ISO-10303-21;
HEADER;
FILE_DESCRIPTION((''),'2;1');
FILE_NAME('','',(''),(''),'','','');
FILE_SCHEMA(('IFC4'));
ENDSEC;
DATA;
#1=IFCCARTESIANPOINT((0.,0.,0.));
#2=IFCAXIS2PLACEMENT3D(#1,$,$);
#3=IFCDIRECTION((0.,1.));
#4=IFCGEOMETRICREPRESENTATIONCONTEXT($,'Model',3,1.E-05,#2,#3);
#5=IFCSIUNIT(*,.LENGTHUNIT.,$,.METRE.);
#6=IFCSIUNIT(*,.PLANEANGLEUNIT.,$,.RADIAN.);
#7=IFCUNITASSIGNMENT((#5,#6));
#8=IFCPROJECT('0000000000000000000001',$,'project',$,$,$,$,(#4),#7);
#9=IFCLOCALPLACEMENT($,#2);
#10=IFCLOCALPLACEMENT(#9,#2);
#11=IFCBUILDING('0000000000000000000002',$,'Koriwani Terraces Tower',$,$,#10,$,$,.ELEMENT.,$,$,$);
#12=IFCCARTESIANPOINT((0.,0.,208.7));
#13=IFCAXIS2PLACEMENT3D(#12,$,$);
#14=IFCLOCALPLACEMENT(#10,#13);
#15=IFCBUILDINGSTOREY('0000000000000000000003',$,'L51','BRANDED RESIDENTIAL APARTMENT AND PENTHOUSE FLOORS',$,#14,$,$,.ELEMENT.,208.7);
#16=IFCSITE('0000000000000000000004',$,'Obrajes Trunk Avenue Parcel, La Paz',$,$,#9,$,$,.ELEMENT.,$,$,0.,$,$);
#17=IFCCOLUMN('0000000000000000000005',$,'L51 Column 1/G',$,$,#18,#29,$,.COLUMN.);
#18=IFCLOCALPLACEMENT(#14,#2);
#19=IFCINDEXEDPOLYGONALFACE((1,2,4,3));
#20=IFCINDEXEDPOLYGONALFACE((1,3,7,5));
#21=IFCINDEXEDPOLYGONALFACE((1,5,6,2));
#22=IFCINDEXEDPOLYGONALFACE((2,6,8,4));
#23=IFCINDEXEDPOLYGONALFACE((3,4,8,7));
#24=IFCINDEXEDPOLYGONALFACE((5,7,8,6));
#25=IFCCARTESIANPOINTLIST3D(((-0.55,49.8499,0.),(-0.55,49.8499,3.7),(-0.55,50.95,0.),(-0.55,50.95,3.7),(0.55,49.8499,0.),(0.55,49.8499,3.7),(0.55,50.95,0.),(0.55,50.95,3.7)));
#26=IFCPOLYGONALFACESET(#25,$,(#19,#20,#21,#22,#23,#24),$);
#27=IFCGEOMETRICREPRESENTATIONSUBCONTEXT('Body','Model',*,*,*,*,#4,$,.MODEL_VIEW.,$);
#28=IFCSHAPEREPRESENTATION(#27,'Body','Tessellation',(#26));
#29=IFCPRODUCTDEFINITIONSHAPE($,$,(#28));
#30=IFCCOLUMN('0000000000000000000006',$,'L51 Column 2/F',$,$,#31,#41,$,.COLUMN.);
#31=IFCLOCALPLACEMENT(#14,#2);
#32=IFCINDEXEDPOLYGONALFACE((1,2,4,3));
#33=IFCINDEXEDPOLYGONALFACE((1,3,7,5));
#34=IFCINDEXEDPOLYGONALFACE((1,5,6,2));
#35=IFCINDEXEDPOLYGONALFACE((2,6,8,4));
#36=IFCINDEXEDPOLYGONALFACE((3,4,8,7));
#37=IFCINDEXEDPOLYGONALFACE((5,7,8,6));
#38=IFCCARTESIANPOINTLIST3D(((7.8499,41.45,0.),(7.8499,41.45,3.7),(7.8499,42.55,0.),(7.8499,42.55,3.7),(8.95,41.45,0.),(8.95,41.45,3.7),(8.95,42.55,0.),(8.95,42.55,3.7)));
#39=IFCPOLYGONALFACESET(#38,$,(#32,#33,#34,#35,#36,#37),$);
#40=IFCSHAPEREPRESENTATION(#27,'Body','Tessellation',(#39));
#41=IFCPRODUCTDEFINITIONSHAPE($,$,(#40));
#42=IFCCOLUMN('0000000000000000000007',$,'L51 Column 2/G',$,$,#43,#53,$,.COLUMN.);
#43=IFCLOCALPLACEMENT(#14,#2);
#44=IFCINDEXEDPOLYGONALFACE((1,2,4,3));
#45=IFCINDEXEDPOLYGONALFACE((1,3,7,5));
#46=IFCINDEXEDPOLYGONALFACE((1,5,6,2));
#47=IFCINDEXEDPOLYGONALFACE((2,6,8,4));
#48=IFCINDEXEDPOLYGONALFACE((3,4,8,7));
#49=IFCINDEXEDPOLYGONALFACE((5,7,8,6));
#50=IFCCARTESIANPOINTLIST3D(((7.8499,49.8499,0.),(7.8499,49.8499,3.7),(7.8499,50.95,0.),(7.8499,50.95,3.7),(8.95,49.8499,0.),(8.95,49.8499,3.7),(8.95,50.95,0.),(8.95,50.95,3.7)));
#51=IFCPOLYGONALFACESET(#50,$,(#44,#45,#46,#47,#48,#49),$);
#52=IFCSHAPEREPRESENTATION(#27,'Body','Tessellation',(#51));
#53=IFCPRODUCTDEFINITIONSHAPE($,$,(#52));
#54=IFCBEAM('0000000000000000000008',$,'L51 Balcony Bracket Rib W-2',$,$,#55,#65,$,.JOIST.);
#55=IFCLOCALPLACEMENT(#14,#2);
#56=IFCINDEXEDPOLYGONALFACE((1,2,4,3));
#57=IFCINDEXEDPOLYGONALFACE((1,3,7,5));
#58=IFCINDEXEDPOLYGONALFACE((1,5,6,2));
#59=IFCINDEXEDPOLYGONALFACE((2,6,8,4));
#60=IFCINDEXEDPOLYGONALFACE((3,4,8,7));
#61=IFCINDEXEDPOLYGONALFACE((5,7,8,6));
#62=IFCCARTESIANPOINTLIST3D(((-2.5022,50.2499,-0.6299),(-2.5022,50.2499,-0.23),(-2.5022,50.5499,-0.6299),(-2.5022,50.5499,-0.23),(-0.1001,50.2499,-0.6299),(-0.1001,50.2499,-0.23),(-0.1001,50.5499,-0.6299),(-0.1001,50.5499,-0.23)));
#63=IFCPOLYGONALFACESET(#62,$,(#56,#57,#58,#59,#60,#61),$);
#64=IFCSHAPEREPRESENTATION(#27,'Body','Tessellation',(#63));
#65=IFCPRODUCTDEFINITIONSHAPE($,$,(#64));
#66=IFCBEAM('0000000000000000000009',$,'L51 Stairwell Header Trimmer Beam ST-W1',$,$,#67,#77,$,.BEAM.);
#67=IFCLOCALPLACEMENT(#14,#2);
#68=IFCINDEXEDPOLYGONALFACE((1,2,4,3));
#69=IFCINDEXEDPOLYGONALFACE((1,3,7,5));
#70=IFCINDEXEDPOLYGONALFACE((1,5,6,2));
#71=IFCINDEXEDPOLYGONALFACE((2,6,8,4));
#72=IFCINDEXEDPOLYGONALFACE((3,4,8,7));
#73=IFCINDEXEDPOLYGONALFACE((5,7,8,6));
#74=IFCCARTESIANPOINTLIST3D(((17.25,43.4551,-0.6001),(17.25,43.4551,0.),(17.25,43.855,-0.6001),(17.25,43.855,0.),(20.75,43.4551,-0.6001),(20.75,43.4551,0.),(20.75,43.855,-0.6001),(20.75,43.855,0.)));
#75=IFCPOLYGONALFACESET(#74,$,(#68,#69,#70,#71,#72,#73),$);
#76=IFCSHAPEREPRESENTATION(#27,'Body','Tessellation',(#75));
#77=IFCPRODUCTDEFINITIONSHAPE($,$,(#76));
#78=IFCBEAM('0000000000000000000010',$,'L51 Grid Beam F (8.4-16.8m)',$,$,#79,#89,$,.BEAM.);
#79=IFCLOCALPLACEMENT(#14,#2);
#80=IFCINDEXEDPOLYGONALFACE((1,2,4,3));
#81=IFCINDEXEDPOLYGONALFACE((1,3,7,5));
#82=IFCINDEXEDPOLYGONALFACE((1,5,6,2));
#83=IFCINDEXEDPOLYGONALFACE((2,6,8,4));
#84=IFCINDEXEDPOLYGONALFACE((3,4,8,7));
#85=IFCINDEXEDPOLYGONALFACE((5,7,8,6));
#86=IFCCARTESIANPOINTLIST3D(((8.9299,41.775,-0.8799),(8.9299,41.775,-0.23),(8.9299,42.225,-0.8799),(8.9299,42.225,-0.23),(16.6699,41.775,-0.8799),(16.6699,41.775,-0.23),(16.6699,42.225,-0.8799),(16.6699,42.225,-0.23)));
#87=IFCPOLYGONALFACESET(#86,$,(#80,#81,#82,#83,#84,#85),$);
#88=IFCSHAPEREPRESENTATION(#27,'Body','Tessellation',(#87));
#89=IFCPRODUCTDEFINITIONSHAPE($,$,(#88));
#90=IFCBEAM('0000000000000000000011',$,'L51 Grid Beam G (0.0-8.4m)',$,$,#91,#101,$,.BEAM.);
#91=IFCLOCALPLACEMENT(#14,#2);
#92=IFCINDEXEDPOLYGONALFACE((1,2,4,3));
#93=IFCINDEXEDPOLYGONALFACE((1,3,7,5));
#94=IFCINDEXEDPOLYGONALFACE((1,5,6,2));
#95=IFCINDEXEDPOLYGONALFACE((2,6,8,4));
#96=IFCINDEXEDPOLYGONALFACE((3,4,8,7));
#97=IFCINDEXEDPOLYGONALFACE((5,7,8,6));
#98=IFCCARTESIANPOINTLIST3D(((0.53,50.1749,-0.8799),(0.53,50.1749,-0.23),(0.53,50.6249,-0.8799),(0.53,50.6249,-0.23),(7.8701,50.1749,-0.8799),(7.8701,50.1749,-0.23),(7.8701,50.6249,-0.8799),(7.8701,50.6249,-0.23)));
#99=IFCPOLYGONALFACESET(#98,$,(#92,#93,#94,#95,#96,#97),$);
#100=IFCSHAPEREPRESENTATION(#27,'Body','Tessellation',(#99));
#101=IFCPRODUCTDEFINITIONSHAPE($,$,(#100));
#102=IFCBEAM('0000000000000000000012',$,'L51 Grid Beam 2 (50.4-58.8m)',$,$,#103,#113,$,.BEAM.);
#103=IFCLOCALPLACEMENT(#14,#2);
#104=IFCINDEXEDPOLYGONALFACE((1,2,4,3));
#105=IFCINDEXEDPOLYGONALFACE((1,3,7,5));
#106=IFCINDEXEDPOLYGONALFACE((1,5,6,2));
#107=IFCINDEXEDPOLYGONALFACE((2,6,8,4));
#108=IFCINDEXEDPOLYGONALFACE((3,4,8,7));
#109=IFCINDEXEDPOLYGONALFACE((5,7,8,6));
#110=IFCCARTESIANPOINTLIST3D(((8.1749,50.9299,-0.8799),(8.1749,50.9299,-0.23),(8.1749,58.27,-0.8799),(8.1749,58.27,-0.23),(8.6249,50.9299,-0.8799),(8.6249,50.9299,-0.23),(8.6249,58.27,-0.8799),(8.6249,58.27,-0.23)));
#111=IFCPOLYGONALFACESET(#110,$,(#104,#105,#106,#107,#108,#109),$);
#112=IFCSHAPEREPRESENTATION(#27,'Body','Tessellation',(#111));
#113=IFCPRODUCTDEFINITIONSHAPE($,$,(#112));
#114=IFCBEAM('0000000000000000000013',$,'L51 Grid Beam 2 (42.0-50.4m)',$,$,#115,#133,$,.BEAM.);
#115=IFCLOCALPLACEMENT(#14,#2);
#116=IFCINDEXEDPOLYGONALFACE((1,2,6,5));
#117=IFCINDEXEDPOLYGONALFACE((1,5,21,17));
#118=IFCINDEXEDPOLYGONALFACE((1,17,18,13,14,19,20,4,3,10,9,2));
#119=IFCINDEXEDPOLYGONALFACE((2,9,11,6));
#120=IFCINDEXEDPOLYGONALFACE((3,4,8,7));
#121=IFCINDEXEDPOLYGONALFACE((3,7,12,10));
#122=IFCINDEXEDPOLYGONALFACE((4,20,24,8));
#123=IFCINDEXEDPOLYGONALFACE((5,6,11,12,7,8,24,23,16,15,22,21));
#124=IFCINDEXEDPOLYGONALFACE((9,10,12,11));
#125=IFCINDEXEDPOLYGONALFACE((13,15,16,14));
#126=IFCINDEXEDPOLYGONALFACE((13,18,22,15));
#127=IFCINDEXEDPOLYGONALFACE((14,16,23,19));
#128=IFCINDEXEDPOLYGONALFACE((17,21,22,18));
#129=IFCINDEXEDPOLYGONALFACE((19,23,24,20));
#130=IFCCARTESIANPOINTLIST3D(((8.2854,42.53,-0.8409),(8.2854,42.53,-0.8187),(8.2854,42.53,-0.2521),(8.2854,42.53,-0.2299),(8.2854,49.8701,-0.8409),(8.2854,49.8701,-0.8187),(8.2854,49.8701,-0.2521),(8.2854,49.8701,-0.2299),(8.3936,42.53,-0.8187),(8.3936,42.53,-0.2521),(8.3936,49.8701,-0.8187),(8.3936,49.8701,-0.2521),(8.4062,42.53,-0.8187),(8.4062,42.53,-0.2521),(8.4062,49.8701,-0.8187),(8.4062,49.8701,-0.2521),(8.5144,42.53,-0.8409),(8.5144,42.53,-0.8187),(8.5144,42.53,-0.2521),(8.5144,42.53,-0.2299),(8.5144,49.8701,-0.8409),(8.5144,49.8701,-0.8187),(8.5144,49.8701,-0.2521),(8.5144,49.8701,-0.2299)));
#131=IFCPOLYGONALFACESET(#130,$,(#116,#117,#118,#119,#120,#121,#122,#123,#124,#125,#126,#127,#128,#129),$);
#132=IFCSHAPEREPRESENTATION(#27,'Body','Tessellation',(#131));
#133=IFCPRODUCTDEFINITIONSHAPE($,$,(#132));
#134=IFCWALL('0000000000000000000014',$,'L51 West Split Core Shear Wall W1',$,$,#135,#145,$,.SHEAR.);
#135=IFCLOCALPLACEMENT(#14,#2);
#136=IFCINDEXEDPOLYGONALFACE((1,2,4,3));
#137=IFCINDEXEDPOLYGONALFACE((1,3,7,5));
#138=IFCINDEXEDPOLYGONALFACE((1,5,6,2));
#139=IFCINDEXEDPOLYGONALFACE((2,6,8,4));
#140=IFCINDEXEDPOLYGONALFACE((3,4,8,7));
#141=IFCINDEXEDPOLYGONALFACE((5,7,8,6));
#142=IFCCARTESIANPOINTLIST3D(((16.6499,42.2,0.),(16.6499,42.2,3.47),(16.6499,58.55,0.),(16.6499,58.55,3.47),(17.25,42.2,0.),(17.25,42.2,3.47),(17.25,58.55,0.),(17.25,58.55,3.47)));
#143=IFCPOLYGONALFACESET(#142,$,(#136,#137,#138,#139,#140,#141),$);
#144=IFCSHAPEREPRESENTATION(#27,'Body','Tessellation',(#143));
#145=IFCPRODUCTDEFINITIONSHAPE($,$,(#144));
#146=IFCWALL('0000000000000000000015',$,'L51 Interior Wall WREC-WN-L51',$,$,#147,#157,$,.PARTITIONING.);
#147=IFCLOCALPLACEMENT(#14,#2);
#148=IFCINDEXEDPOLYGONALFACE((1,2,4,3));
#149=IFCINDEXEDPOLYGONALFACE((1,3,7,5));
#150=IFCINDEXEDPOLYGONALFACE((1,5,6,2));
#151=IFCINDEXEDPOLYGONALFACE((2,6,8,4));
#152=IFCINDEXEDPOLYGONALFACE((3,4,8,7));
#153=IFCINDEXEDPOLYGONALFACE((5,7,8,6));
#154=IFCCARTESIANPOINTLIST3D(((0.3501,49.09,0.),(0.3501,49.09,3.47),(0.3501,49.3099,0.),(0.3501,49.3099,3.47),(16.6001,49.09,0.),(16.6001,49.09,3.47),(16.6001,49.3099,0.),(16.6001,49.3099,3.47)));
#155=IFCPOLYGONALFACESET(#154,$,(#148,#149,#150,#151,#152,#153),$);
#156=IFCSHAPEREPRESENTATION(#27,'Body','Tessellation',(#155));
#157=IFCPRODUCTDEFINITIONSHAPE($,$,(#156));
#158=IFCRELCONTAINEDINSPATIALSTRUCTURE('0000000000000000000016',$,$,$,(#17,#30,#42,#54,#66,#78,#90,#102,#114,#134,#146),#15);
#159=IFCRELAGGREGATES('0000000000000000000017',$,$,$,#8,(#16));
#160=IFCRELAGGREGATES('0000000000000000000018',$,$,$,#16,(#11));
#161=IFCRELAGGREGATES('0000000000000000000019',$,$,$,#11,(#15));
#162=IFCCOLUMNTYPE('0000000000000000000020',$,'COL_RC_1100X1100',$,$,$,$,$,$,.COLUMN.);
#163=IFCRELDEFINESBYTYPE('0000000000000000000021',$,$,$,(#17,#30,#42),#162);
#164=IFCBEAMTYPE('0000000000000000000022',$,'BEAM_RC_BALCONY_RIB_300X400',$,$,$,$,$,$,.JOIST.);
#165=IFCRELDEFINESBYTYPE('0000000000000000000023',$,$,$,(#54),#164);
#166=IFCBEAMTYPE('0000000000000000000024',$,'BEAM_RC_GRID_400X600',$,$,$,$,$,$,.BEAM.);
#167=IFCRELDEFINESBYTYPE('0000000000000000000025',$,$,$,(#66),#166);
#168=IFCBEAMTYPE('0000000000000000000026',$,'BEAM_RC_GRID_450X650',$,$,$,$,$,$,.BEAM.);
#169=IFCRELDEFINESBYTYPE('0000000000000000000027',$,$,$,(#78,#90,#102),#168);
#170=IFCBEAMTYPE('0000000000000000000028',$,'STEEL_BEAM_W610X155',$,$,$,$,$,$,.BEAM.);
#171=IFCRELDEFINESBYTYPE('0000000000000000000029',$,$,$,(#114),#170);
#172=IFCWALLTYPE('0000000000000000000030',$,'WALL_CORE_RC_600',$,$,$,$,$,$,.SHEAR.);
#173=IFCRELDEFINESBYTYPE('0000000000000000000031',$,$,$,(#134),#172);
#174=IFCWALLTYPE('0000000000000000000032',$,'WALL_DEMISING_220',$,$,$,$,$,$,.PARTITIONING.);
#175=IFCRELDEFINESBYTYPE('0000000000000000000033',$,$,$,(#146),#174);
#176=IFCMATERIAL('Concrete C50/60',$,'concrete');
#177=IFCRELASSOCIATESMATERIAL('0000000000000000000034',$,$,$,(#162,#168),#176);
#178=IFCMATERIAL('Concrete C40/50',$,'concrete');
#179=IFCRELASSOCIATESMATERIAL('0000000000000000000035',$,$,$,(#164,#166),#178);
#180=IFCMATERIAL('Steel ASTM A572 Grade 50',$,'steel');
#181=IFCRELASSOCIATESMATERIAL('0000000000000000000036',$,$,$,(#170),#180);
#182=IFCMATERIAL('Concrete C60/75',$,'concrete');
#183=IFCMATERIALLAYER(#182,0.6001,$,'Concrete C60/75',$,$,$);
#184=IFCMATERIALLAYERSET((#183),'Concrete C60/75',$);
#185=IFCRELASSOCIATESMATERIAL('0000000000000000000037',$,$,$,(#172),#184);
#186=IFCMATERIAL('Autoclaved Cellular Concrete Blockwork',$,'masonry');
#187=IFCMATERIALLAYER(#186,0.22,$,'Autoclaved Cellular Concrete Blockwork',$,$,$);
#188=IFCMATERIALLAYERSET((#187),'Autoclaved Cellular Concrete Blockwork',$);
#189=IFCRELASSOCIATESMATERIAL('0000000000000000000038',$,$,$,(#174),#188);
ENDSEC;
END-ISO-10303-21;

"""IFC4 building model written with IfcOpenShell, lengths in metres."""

from ifc_helpers import new_model, si_unit, direction, frame, frame_2d, origin, origin_2d, place, context, subcontext, project, spatial, rectangle, i_section, extrude, material, layer, layer_set, material_profile, profile_set, type_object, element, save


model = new_model("IFC4")

# Units and contexts
model_context = context("Model", 3, precision=1e-05, world=origin(), true_north=direction((0.0, 1.0)))
body_context = subcontext(model_context, "Body", "Model", "MODEL_VIEW")
ifc_project = project(units=[si_unit("LENGTHUNIT", "METRE"), si_unit("PLANEANGLEUNIT", "RADIAN")], contexts=[model_context])

# Site, building, storey
site_placement = place(None, origin())
site = spatial("IfcSite", under=ifc_project, at=site_placement, Name="Obrajes Trunk Avenue Parcel, La Paz", CompositionType="ELEMENT", RefElevation=0.0)
building_placement = place(site_placement, origin())
building = spatial("IfcBuilding", under=site, at=building_placement, Name="Koriwani Terraces Tower", CompositionType="ELEMENT")
storey_placement = place(building_placement, frame((0.0, 0.0, 208.7)))
storey = spatial("IfcBuildingStorey", under=building, at=storey_placement, Name="L51", Description="BRANDED RESIDENTIAL APARTMENT AND PENTHOUSE FLOORS", CompositionType="ELEMENT", Elevation=208.7)

# Columns
ifc_material_1 = material(Name="Concrete C50/60", Category="concrete")
ifc_material_profile_1 = material_profile(ifc_material_1, rectangle(XDim=1.1001, YDim=1.1001, at=origin_2d()), Name="Concrete C50/60", Category="LoadBearing")
ifc_profile_set_1 = profile_set([ifc_material_profile_1], Name="Concrete C50/60")
column_type = type_object("IfcColumnType", Name="COL_RC_1100X1100", PredefinedType="COLUMN", material=ifc_profile_set_1)
for number, where, z_axis, x_axis, name in (
    (1, (0.0, 50.3999, 0.0), (0.0, 0.0, 1.0), (1.0, 0.0, 0.0), "L51 Column 1/G"),
    (2, (8.3999, 42.0, 0.0), (0.0, 0.0, 1.0), (1.0, 0.0, 0.0), "L51 Column 2/F"),
    (3, (8.3999, 50.3999, 0.0), (0.0, 0.0, 1.0), (1.0, 0.0, 0.0), "L51 Column 2/G"),
):
    element("IfcColumn", number, at=place(storey_placement, frame(where, z_axis=z_axis, x_axis=x_axis)), inside=storey, type_object=column_type, Name=name, PredefinedType="COLUMN", context=body_context, shape_type="SweptSolid", body=[
        extrude(rectangle(XDim=1.1001, YDim=1.1001, at=origin_2d()), origin(), (0.0, 0.0, 1.0), 3.7),
    ])

# Beams
ifc_material_2 = material(Name="Concrete C40/50", Category="concrete")
ifc_material_profile_2 = material_profile(ifc_material_2, rectangle(XDim=0.3, YDim=0.3999, at=origin_2d()), Name="Concrete C40/50", Category="LoadBearing")
ifc_profile_set_2 = profile_set([ifc_material_profile_2], Name="Concrete C40/50")
beam_type_1 = type_object("IfcBeamType", Name="BEAM_RC_BALCONY_RIB_300X400", PredefinedType="JOIST", material=ifc_profile_set_2)
beam_1_placement = place(storey_placement, frame((-2.5022, 50.3999, -0.4299), z_axis=(1.0, 0.0, 0.0), x_axis=(0.0, 1.0, 0.0)))
element("IfcBeam", 4, at=beam_1_placement, inside=storey, type_object=beam_type_1, Name="L51 Balcony Bracket Rib W-2", PredefinedType="JOIST", context=body_context, shape_type="SweptSolid", body=[
    extrude(rectangle(XDim=0.3, YDim=0.3999, at=origin_2d()), origin(), (0.0, 0.0, 1.0), 2.4021),
])
ifc_material_profile_3 = material_profile(ifc_material_2, rectangle(XDim=0.3999, YDim=0.6001, at=origin_2d()), Name="Concrete C40/50", Category="LoadBearing")
ifc_profile_set_3 = profile_set([ifc_material_profile_3], Name="Concrete C40/50")
beam_type_2 = type_object("IfcBeamType", Name="BEAM_RC_GRID_400X600", PredefinedType="BEAM", material=ifc_profile_set_3)
beam_2_placement = place(storey_placement, frame((17.25, 43.655, -0.3), z_axis=(1.0, 0.0, 0.0), x_axis=(0.0, 1.0, 0.0)))
element("IfcBeam", 5, at=beam_2_placement, inside=storey, type_object=beam_type_2, Name="L51 Stairwell Header Trimmer Beam ST-W1", PredefinedType="BEAM", context=body_context, shape_type="SweptSolid", body=[
    extrude(rectangle(XDim=0.3999, YDim=0.6001, at=origin_2d()), origin(), (0.0, 0.0, 1.0), 3.5),
])
ifc_material_profile_4 = material_profile(ifc_material_1, rectangle(XDim=0.45, YDim=0.6499, at=origin_2d()), Name="Concrete C50/60", Category="LoadBearing")
ifc_profile_set_4 = profile_set([ifc_material_profile_4], Name="Concrete C50/60")
beam_type_3 = type_object("IfcBeamType", Name="BEAM_RC_GRID_450X650", PredefinedType="BEAM", material=ifc_profile_set_4)
beam_3_placement = place(storey_placement, frame((8.9299, 42.0, -0.5549), z_axis=(1.0, 0.0, 0.0), x_axis=(0.0, 1.0, 0.0)))
element("IfcBeam", 6, at=beam_3_placement, inside=storey, type_object=beam_type_3, Name="L51 Grid Beam F (8.4-16.8m)", PredefinedType="BEAM", context=body_context, shape_type="SweptSolid", body=[
    extrude(rectangle(XDim=0.45, YDim=0.6499, at=origin_2d()), origin(), (0.0, 0.0, 1.0), 7.74),
])
for number, where, z_axis, x_axis, name in (
    (7, (0.53, 50.3999, -0.5549), (1.0, 0.0, 0.0), (0.0, 1.0, 0.0), "L51 Grid Beam G (0.0-8.4m)"),
    (8, (8.3999, 50.9299, -0.5549), (0.0, 1.0, 0.0), (-1.0, 0.0, 0.0), "L51 Grid Beam 2 (50.4-58.8m)"),
):
    element("IfcBeam", number, at=place(storey_placement, frame(where, z_axis=z_axis, x_axis=x_axis)), inside=storey, type_object=beam_type_3, Name=name, PredefinedType="BEAM", context=body_context, shape_type="SweptSolid", body=[
        extrude(rectangle(XDim=0.45, YDim=0.6499, at=origin_2d()), origin(), (0.0, 0.0, 1.0), 7.3401),
    ])
ifc_material_3 = material(Name="Steel ASTM A572 Grade 50", Category="steel")
ifc_material_profile_5 = material_profile(ifc_material_3, i_section(OverallWidth=0.229, OverallDepth=0.6111, WebThickness=0.0127, FlangeThickness=0.0222, at=origin_2d()), Name="Steel ASTM A572 Grade 50", Category="LoadBearing")
ifc_profile_set_5 = profile_set([ifc_material_profile_5], Name="Steel ASTM A572 Grade 50")
beam_type_4 = type_object("IfcBeamType", Name="STEEL_BEAM_W610X155", PredefinedType="BEAM", material=ifc_profile_set_5)
beam_4_placement = place(storey_placement, frame((8.3999, 42.53, -0.5354), z_axis=(0.0, 1.0, 0.0), x_axis=(-1.0, 0.0, 0.0)))
element("IfcBeam", 9, at=beam_4_placement, inside=storey, type_object=beam_type_4, Name="L51 Grid Beam 2 (42.0-50.4m)", PredefinedType="BEAM", context=body_context, shape_type="SweptSolid", body=[
    extrude(i_section(OverallWidth=0.229, OverallDepth=0.6111, WebThickness=0.0127, FlangeThickness=0.0222, at=origin_2d()), origin(), (0.0, 0.0, 1.0), 7.3401),
])

# Walls
ifc_material_4 = material(Name="Concrete C60/75", Category="concrete")
ifc_layer_1 = layer(ifc_material_4, 0.6001, Name="Concrete C60/75")
ifc_layer_set_1 = layer_set([ifc_layer_1], Name="Concrete C60/75")
wall_type_1 = type_object("IfcWallType", Name="WALL_CORE_RC_600", PredefinedType="SHEAR", material=ifc_layer_set_1)
wall_1_placement = place(storey_placement, frame((16.95, 42.2, 0.0), z_axis=(0.0, 0.0, 1.0), x_axis=(0.0, 1.0, 0.0)))
element("IfcWall", 10, at=wall_1_placement, inside=storey, type_object=wall_type_1, Name="L51 West Split Core Shear Wall W1", PredefinedType="SHEAR", context=body_context, shape_type="SweptSolid", body=[
    extrude(rectangle(XDim=16.3501, YDim=0.6001, at=frame_2d((8.175, 0.0))), origin(), (0.0, 0.0, 1.0), 3.47),
])
ifc_material_5 = material(Name="Autoclaved Cellular Concrete Blockwork", Category="masonry")
ifc_layer_2 = layer(ifc_material_5, 0.22, Name="Autoclaved Cellular Concrete Blockwork")
ifc_layer_set_2 = layer_set([ifc_layer_2], Name="Autoclaved Cellular Concrete Blockwork")
wall_type_2 = type_object("IfcWallType", Name="WALL_DEMISING_220", PredefinedType="PARTITIONING", material=ifc_layer_set_2)
wall_2_placement = place(storey_placement, frame((0.3501, 49.2, 0.0), z_axis=(0.0, 0.0, 1.0), x_axis=(1.0, 0.0, 0.0)))
element("IfcWall", 11, at=wall_2_placement, inside=storey, type_object=wall_type_2, Name="L51 Interior Wall WREC-WN-L51", PredefinedType="PARTITIONING", context=body_context, shape_type="SweptSolid", body=[
    extrude(rectangle(XDim=16.25, YDim=0.22, at=frame_2d((8.125, 0.0))), origin(), (0.0, 0.0, 1.0), 3.47),
])

save(model, "model.ifc")
